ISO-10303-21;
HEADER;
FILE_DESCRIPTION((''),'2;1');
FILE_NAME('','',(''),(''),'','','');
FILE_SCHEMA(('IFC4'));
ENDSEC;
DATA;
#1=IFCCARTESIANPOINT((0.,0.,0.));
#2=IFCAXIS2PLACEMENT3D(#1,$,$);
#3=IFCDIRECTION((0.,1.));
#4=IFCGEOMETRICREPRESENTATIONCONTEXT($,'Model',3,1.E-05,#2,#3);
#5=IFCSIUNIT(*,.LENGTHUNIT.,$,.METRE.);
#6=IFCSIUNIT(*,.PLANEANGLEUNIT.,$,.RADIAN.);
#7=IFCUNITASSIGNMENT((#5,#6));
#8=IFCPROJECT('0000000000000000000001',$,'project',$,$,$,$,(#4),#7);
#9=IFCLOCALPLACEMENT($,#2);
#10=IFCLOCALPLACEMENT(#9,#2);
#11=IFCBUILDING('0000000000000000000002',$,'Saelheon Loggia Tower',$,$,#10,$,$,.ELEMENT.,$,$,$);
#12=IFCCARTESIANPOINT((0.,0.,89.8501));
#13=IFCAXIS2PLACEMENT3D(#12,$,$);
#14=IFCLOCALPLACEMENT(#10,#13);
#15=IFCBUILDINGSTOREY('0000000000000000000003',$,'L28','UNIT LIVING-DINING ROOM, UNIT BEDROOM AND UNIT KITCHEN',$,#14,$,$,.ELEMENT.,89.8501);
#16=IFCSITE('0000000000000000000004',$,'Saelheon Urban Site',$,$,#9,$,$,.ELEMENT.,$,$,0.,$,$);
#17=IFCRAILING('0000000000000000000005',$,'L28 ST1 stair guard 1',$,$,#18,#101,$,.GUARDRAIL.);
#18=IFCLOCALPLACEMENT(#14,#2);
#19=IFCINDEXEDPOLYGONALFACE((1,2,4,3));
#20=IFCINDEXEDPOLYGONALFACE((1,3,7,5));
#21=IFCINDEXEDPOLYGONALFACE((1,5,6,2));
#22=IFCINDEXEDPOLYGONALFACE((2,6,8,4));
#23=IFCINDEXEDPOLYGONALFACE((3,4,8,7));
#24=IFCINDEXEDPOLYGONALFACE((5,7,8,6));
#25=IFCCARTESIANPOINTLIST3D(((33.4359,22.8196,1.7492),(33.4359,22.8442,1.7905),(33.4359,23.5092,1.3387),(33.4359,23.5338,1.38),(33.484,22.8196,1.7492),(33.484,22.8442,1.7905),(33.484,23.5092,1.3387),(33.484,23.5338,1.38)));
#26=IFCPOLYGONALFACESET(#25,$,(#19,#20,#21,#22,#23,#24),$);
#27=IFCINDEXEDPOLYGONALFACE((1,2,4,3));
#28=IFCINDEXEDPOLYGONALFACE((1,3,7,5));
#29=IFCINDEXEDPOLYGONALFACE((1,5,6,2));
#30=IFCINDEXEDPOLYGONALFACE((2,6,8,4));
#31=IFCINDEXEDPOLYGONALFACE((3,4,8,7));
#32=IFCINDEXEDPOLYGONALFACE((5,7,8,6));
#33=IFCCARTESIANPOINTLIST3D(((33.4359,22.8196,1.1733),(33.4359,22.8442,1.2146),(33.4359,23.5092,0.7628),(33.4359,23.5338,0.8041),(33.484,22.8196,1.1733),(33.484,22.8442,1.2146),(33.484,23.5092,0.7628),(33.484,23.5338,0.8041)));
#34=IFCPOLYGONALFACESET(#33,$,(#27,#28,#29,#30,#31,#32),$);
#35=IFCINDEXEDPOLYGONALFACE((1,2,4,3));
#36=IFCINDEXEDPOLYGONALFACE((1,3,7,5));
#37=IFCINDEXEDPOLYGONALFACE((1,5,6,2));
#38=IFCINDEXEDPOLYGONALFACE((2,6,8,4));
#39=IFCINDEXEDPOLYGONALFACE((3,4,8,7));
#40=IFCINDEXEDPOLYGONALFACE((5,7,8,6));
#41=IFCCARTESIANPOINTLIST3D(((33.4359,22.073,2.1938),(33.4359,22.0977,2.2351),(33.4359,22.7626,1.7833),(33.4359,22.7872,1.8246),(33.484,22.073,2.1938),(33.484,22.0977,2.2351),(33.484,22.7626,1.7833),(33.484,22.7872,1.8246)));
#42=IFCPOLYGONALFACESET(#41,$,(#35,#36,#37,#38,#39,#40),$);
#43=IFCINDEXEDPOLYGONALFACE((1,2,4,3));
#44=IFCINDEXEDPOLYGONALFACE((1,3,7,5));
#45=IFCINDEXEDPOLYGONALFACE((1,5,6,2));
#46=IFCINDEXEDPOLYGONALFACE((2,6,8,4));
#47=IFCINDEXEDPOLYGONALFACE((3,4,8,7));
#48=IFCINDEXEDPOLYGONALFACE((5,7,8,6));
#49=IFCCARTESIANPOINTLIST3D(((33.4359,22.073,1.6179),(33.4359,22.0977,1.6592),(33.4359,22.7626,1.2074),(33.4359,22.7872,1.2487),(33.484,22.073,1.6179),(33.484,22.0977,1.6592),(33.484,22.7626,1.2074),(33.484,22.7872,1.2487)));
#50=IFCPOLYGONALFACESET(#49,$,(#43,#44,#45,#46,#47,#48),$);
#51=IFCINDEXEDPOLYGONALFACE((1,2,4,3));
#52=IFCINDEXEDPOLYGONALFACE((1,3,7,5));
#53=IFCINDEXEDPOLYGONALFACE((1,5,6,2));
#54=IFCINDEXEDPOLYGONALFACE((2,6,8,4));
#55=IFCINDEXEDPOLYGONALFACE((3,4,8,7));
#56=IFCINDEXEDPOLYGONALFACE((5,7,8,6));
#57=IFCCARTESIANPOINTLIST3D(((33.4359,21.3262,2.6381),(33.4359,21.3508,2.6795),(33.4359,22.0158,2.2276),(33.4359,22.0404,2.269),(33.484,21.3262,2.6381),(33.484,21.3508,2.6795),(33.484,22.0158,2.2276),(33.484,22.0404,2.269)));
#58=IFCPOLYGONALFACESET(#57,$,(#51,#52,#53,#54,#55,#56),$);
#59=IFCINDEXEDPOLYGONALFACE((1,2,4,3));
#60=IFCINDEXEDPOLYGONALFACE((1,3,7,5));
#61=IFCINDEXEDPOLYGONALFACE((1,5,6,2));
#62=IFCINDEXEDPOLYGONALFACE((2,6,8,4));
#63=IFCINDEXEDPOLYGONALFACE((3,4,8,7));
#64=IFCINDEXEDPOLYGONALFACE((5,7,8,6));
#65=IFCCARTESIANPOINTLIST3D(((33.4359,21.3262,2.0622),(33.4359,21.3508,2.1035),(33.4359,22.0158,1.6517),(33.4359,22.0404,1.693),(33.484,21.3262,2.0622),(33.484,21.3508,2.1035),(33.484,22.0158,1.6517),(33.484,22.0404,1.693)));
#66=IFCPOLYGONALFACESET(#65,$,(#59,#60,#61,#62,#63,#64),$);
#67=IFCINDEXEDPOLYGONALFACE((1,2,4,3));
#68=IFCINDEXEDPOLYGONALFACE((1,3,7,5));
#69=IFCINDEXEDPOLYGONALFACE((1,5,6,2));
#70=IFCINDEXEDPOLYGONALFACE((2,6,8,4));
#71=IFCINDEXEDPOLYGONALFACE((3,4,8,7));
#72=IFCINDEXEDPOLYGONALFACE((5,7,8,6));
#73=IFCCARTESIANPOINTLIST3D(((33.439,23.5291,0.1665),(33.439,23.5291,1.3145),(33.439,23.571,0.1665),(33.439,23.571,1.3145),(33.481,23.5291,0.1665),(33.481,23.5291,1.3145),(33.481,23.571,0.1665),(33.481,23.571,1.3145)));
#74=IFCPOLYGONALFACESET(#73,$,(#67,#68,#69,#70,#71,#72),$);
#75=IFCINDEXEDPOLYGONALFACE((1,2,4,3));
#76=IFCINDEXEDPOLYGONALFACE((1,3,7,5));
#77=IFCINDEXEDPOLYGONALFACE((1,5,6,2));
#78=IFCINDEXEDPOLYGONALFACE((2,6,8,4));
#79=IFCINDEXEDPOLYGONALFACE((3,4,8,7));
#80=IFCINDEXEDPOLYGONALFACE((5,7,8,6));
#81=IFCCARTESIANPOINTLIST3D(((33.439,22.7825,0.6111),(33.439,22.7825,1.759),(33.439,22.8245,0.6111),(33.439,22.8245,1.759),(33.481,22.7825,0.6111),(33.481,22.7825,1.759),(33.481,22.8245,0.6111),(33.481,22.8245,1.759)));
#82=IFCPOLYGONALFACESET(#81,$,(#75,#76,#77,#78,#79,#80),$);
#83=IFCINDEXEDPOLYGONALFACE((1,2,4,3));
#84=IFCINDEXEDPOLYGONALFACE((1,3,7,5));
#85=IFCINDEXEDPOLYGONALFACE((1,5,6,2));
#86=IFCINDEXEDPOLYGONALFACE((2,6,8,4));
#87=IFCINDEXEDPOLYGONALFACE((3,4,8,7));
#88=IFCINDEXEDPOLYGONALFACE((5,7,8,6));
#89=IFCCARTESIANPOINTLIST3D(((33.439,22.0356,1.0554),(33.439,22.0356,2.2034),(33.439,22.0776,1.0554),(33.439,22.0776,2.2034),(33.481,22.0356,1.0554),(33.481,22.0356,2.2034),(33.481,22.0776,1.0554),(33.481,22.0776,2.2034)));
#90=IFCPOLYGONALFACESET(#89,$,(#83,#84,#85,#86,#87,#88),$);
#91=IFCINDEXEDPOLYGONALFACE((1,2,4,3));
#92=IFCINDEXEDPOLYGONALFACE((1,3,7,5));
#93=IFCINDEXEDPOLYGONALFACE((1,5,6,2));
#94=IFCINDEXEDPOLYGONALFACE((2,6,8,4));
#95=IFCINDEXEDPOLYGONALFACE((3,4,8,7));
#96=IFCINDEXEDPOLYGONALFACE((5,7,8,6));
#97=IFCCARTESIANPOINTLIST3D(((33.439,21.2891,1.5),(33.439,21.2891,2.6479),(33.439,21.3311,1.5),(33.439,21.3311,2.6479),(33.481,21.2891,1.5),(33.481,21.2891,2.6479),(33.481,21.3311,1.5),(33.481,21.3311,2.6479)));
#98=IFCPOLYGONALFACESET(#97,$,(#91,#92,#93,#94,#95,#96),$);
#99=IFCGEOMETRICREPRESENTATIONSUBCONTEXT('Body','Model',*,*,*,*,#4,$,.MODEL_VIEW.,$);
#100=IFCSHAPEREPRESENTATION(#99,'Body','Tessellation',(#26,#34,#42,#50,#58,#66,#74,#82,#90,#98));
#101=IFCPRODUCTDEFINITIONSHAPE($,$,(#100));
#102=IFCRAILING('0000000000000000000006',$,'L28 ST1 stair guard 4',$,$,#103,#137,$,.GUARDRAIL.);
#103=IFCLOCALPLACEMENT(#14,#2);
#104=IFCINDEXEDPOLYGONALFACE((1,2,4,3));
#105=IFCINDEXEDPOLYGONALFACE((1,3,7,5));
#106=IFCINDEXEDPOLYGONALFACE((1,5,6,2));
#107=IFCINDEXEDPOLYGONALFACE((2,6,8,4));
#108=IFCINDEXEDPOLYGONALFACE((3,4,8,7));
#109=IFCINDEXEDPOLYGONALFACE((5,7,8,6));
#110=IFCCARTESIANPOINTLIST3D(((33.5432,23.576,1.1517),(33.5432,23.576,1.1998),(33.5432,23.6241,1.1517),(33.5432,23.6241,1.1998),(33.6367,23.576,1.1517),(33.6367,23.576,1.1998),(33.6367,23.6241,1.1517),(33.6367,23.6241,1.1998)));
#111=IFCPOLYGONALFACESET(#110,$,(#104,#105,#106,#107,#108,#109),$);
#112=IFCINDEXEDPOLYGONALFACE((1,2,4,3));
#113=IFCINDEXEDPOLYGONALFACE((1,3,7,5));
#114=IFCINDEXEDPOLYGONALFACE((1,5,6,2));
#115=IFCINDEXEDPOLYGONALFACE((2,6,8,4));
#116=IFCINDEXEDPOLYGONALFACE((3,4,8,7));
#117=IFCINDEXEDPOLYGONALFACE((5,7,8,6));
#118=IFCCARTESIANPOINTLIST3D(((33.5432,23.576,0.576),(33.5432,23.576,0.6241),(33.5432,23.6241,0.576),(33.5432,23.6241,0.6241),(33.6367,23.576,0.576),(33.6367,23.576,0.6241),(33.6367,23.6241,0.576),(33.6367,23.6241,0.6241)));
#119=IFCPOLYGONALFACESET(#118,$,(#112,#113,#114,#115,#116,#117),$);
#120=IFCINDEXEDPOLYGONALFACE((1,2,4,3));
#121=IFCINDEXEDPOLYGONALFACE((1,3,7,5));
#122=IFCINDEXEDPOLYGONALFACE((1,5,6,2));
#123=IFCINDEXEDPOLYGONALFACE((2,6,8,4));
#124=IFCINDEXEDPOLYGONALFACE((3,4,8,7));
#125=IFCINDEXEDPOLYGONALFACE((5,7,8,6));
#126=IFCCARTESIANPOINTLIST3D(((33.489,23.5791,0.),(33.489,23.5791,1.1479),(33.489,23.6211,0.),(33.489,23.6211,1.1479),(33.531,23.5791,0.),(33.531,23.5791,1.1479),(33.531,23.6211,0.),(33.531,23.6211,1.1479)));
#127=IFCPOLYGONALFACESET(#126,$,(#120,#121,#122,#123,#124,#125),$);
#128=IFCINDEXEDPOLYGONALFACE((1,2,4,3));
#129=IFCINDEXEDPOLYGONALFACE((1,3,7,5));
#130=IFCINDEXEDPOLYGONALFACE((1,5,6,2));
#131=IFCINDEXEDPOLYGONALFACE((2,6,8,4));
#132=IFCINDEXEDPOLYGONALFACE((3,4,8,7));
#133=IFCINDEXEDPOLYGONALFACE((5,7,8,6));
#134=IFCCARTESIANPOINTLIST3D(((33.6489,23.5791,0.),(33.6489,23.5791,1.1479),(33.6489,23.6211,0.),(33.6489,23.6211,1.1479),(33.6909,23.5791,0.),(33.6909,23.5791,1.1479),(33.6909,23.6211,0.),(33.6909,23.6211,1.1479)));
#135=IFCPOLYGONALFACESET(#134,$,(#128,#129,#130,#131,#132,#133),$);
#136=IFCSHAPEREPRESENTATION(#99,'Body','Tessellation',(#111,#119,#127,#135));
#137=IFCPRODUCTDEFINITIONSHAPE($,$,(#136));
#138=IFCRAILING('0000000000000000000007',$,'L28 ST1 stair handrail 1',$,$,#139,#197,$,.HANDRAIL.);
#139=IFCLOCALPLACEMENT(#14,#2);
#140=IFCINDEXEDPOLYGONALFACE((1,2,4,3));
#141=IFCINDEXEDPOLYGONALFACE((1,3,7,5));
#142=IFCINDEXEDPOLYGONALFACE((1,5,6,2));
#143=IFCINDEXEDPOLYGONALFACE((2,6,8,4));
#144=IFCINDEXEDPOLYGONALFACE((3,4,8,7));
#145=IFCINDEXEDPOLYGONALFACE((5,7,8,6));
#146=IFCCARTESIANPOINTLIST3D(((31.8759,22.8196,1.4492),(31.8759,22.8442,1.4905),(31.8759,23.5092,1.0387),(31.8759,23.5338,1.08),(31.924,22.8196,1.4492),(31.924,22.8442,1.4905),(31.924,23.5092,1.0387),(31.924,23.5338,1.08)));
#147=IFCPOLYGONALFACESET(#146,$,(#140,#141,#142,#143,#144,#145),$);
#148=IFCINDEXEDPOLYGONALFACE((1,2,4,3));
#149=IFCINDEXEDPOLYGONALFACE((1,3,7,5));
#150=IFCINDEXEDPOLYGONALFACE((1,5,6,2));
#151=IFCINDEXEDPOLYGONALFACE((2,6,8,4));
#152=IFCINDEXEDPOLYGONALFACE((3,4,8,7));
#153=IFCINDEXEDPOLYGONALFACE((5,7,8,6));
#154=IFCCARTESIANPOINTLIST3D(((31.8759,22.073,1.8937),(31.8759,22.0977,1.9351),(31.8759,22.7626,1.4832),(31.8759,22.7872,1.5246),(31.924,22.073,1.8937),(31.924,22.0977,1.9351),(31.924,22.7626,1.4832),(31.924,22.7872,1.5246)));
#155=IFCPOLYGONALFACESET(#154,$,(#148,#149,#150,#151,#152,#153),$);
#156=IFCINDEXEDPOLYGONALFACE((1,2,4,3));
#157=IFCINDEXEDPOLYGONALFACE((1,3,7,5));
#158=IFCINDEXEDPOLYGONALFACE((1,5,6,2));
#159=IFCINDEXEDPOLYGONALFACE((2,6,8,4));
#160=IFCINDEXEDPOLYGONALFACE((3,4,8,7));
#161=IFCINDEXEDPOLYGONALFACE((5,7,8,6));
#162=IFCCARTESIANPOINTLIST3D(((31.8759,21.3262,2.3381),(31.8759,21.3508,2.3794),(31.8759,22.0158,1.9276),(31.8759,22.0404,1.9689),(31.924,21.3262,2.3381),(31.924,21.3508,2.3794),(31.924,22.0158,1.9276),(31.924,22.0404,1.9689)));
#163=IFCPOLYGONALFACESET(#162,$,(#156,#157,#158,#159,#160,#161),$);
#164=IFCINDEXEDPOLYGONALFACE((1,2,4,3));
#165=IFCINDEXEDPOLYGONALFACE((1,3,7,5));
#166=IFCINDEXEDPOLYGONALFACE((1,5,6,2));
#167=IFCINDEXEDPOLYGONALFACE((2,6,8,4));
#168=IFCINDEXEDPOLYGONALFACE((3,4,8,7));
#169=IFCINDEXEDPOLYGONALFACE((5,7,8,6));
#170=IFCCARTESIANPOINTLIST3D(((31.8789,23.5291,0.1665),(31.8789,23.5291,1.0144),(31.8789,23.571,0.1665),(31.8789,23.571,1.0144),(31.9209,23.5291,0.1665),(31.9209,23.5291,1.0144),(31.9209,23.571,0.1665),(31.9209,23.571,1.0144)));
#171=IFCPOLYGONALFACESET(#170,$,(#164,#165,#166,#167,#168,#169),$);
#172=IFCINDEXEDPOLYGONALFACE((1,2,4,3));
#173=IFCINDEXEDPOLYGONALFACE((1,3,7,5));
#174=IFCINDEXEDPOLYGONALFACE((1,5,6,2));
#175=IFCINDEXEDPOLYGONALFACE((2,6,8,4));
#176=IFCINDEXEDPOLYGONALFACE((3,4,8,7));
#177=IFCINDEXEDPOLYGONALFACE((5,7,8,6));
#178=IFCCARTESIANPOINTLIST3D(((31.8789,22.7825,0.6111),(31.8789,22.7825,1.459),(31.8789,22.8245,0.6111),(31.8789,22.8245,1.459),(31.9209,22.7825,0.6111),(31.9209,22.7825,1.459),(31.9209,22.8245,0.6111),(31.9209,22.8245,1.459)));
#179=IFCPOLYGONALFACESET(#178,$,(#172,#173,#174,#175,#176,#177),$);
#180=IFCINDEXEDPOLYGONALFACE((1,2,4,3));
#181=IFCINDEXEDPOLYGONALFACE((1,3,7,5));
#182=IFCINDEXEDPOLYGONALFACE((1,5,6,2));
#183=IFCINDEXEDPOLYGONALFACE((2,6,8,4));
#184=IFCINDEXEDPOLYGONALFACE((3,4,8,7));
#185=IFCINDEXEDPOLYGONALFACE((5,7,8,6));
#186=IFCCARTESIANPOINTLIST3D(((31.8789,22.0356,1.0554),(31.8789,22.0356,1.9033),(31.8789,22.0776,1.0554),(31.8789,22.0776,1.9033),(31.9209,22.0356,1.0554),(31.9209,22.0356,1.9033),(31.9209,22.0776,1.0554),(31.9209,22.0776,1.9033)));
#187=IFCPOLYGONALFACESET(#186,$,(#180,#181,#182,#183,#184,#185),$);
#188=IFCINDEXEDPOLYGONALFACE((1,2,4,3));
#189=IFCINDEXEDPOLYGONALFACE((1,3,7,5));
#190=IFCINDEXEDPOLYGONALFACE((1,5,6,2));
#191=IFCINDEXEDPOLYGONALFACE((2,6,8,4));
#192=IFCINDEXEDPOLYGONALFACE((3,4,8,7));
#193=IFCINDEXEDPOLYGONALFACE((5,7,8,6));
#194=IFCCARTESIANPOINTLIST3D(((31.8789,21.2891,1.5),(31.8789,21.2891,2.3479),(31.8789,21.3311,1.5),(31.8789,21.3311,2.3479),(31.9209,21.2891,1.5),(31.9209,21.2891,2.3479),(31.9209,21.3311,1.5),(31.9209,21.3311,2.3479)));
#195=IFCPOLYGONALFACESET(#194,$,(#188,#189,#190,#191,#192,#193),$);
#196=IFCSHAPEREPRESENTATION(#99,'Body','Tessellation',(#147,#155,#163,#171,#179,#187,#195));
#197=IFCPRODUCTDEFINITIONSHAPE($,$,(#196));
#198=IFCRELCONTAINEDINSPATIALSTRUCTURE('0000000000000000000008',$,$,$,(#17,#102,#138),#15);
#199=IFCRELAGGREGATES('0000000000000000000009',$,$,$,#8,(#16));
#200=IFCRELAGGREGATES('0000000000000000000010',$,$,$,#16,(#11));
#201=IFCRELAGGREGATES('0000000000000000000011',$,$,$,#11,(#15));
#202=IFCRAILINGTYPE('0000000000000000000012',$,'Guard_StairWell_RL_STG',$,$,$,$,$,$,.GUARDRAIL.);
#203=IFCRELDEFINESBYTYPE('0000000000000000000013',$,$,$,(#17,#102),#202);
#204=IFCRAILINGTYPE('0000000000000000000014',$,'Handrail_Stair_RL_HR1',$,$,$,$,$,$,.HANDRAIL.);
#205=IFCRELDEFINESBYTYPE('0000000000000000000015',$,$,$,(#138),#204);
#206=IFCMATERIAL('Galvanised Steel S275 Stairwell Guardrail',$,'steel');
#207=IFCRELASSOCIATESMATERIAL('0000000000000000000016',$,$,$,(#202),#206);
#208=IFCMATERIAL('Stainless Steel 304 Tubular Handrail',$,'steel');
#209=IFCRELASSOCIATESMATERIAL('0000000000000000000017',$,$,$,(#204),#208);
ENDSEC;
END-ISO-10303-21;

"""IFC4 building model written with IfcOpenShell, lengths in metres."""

from ifc_helpers import new_model, si_unit, direction, frame, origin, origin_2d, place, context, subcontext, project, spatial, rectangle, extrude, material, type_object, element, save


model = new_model("IFC4")

# Units and contexts
model_context = context("Model", 3, precision=1e-05, world=origin(), true_north=direction((0.0, 1.0)))
body_context = subcontext(model_context, "Body", "Model", "MODEL_VIEW")
ifc_project = project(units=[si_unit("LENGTHUNIT", "METRE"), si_unit("PLANEANGLEUNIT", "RADIAN")], contexts=[model_context])

# Site, building, storey
site_placement = place(None, origin())
site = spatial("IfcSite", under=ifc_project, at=site_placement, Name="Saelheon Urban Site", CompositionType="ELEMENT", RefElevation=0.0)
building_placement = place(site_placement, origin())
building = spatial("IfcBuilding", under=site, at=building_placement, Name="Saelheon Loggia Tower", CompositionType="ELEMENT")
storey_placement = place(building_placement, frame((0.0, 0.0, 89.8501)))
storey = spatial("IfcBuildingStorey", under=building, at=storey_placement, Name="L28", Description="UNIT LIVING-DINING ROOM, UNIT BEDROOM AND UNIT KITCHEN", CompositionType="ELEMENT", Elevation=89.8501)

# Railings
ifc_material_1 = material(Name="Galvanised Steel S275 Stairwell Guardrail", Category="steel")
railing_type_1 = type_object("IfcRailingType", Name="Guard_StairWell_RL_STG", PredefinedType="GUARDRAIL", material=ifc_material_1)
railing_1_placement = place(storey_placement, frame((33.46, 23.55, 0.1665)))
element("IfcRailing", 1, at=railing_1_placement, inside=storey, type_object=railing_type_1, Name="L28 ST1 stair guard 1", PredefinedType="GUARDRAIL", context=body_context, shape_type="SweptSolid", body=[
    extrude(rectangle(XDim=0.0481, YDim=0.0481, at=origin_2d()), frame((0.0, -0.0286, 1.1929), z_axis=(0.0, -0.859264, 0.511532), x_axis=(1.0, 0.0, 0.0)), (0.0, 0.0, 1.0), 0.8025),
    extrude(rectangle(XDim=0.0481, YDim=0.0481, at=origin_2d()), frame((0.0, -0.0286, 0.6169), z_axis=(0.0, -0.859264, 0.511532), x_axis=(1.0, 0.0, 0.0)), (0.0, 0.0, 1.0), 0.8025),
    extrude(rectangle(XDim=0.0481, YDim=0.0481, at=origin_2d()), frame((0.0, -0.7751, 1.6375), z_axis=(0.0, -0.859264, 0.511532), x_axis=(1.0, 0.0, 0.0)), (0.0, 0.0, 1.0), 0.8025),
    extrude(rectangle(XDim=0.0481, YDim=0.0481, at=origin_2d()), frame((0.0, -0.7751, 1.0615), z_axis=(0.0, -0.859264, 0.511532), x_axis=(1.0, 0.0, 0.0)), (0.0, 0.0, 1.0), 0.8025),
    extrude(rectangle(XDim=0.0481, YDim=0.0481, at=origin_2d()), frame((0.0, -1.522, 2.0818), z_axis=(0.0, -0.859264, 0.511532), x_axis=(1.0, 0.0, 0.0)), (0.0, 0.0, 1.0), 0.8025),
    extrude(rectangle(XDim=0.0481, YDim=0.0481, at=origin_2d()), frame((0.0, -1.522, 1.5059), z_axis=(0.0, -0.859264, 0.511532), x_axis=(1.0, 0.0, 0.0)), (0.0, 0.0, 1.0), 0.8025),
    extrude(rectangle(XDim=0.042, YDim=0.042, at=origin_2d()), origin(), (0.0, 0.0, 1.0), 1.1479),
    extrude(rectangle(XDim=0.042, YDim=0.042, at=origin_2d()), frame((0.0, -0.7466, 0.4446)), (0.0, 0.0, 1.0), 1.1479),
    extrude(rectangle(XDim=0.042, YDim=0.042, at=origin_2d()), frame((0.0, -1.4934, 0.8889)), (0.0, 0.0, 1.0), 1.1479),
    extrude(rectangle(XDim=0.042, YDim=0.042, at=origin_2d()), frame((0.0, -2.24, 1.3335)), (0.0, 0.0, 1.0), 1.1479),
])
railing_2_placement = place(storey_placement, frame((33.51, 23.6001, 0.0)))
element("IfcRailing", 2, at=railing_2_placement, inside=storey, type_object=railing_type_1, Name="L28 ST1 stair guard 4", PredefinedType="GUARDRAIL", context=body_context, shape_type="SweptSolid", body=[
    extrude(rectangle(XDim=0.0481, YDim=0.0481, at=origin_2d()), frame((0.0332, 0.0, 1.1758), z_axis=(1.0, 0.0, 0.0), x_axis=(0.0, 1.0, 0.0)), (0.0, 0.0, 1.0), 0.0935),
    extrude(rectangle(XDim=0.0481, YDim=0.0481, at=origin_2d()), frame((0.0332, 0.0, 0.6001), z_axis=(1.0, 0.0, 0.0), x_axis=(0.0, 1.0, 0.0)), (0.0, 0.0, 1.0), 0.0935),
    extrude(rectangle(XDim=0.042, YDim=0.042, at=origin_2d()), origin(), (0.0, 0.0, 1.0), 1.1479),
    extrude(rectangle(XDim=0.042, YDim=0.042, at=origin_2d()), frame((0.1599, 0.0, 0.0)), (0.0, 0.0, 1.0), 1.1479),
])
ifc_material_2 = material(Name="Stainless Steel 304 Tubular Handrail", Category="steel")
railing_type_2 = type_object("IfcRailingType", Name="Handrail_Stair_RL_HR1", PredefinedType="HANDRAIL", material=ifc_material_2)
railing_3_placement = place(storey_placement, frame((31.8999, 23.55, 0.1665)))
element("IfcRailing", 3, at=railing_3_placement, inside=storey, type_object=railing_type_2, Name="L28 ST1 stair handrail 1", PredefinedType="HANDRAIL", context=body_context, shape_type="SweptSolid", body=[
    extrude(rectangle(XDim=0.0481, YDim=0.0481, at=origin_2d()), frame((0.0, -0.0286, 0.8928), z_axis=(0.0, -0.859264, 0.511532), x_axis=(1.0, 0.0, 0.0)), (0.0, 0.0, 1.0), 0.8025),
    extrude(rectangle(XDim=0.0481, YDim=0.0481, at=origin_2d()), frame((0.0, -0.7751, 1.3374), z_axis=(0.0, -0.859264, 0.511532), x_axis=(1.0, 0.0, 0.0)), (0.0, 0.0, 1.0), 0.8025),
    extrude(rectangle(XDim=0.0481, YDim=0.0481, at=origin_2d()), frame((0.0, -1.522, 1.7817), z_axis=(0.0, -0.859264, 0.511532), x_axis=(1.0, 0.0, 0.0)), (0.0, 0.0, 1.0), 0.8025),
    extrude(rectangle(XDim=0.042, YDim=0.042, at=origin_2d()), origin(), (0.0, 0.0, 1.0), 0.8479),
    extrude(rectangle(XDim=0.042, YDim=0.042, at=origin_2d()), frame((0.0, -0.7466, 0.4446)), (0.0, 0.0, 1.0), 0.8479),
    extrude(rectangle(XDim=0.042, YDim=0.042, at=origin_2d()), frame((0.0, -1.4934, 0.8889)), (0.0, 0.0, 1.0), 0.8479),
    extrude(rectangle(XDim=0.042, YDim=0.042, at=origin_2d()), frame((0.0, -2.24, 1.3335)), (0.0, 0.0, 1.0), 0.8479),
])

save(model, "model.ifc")
